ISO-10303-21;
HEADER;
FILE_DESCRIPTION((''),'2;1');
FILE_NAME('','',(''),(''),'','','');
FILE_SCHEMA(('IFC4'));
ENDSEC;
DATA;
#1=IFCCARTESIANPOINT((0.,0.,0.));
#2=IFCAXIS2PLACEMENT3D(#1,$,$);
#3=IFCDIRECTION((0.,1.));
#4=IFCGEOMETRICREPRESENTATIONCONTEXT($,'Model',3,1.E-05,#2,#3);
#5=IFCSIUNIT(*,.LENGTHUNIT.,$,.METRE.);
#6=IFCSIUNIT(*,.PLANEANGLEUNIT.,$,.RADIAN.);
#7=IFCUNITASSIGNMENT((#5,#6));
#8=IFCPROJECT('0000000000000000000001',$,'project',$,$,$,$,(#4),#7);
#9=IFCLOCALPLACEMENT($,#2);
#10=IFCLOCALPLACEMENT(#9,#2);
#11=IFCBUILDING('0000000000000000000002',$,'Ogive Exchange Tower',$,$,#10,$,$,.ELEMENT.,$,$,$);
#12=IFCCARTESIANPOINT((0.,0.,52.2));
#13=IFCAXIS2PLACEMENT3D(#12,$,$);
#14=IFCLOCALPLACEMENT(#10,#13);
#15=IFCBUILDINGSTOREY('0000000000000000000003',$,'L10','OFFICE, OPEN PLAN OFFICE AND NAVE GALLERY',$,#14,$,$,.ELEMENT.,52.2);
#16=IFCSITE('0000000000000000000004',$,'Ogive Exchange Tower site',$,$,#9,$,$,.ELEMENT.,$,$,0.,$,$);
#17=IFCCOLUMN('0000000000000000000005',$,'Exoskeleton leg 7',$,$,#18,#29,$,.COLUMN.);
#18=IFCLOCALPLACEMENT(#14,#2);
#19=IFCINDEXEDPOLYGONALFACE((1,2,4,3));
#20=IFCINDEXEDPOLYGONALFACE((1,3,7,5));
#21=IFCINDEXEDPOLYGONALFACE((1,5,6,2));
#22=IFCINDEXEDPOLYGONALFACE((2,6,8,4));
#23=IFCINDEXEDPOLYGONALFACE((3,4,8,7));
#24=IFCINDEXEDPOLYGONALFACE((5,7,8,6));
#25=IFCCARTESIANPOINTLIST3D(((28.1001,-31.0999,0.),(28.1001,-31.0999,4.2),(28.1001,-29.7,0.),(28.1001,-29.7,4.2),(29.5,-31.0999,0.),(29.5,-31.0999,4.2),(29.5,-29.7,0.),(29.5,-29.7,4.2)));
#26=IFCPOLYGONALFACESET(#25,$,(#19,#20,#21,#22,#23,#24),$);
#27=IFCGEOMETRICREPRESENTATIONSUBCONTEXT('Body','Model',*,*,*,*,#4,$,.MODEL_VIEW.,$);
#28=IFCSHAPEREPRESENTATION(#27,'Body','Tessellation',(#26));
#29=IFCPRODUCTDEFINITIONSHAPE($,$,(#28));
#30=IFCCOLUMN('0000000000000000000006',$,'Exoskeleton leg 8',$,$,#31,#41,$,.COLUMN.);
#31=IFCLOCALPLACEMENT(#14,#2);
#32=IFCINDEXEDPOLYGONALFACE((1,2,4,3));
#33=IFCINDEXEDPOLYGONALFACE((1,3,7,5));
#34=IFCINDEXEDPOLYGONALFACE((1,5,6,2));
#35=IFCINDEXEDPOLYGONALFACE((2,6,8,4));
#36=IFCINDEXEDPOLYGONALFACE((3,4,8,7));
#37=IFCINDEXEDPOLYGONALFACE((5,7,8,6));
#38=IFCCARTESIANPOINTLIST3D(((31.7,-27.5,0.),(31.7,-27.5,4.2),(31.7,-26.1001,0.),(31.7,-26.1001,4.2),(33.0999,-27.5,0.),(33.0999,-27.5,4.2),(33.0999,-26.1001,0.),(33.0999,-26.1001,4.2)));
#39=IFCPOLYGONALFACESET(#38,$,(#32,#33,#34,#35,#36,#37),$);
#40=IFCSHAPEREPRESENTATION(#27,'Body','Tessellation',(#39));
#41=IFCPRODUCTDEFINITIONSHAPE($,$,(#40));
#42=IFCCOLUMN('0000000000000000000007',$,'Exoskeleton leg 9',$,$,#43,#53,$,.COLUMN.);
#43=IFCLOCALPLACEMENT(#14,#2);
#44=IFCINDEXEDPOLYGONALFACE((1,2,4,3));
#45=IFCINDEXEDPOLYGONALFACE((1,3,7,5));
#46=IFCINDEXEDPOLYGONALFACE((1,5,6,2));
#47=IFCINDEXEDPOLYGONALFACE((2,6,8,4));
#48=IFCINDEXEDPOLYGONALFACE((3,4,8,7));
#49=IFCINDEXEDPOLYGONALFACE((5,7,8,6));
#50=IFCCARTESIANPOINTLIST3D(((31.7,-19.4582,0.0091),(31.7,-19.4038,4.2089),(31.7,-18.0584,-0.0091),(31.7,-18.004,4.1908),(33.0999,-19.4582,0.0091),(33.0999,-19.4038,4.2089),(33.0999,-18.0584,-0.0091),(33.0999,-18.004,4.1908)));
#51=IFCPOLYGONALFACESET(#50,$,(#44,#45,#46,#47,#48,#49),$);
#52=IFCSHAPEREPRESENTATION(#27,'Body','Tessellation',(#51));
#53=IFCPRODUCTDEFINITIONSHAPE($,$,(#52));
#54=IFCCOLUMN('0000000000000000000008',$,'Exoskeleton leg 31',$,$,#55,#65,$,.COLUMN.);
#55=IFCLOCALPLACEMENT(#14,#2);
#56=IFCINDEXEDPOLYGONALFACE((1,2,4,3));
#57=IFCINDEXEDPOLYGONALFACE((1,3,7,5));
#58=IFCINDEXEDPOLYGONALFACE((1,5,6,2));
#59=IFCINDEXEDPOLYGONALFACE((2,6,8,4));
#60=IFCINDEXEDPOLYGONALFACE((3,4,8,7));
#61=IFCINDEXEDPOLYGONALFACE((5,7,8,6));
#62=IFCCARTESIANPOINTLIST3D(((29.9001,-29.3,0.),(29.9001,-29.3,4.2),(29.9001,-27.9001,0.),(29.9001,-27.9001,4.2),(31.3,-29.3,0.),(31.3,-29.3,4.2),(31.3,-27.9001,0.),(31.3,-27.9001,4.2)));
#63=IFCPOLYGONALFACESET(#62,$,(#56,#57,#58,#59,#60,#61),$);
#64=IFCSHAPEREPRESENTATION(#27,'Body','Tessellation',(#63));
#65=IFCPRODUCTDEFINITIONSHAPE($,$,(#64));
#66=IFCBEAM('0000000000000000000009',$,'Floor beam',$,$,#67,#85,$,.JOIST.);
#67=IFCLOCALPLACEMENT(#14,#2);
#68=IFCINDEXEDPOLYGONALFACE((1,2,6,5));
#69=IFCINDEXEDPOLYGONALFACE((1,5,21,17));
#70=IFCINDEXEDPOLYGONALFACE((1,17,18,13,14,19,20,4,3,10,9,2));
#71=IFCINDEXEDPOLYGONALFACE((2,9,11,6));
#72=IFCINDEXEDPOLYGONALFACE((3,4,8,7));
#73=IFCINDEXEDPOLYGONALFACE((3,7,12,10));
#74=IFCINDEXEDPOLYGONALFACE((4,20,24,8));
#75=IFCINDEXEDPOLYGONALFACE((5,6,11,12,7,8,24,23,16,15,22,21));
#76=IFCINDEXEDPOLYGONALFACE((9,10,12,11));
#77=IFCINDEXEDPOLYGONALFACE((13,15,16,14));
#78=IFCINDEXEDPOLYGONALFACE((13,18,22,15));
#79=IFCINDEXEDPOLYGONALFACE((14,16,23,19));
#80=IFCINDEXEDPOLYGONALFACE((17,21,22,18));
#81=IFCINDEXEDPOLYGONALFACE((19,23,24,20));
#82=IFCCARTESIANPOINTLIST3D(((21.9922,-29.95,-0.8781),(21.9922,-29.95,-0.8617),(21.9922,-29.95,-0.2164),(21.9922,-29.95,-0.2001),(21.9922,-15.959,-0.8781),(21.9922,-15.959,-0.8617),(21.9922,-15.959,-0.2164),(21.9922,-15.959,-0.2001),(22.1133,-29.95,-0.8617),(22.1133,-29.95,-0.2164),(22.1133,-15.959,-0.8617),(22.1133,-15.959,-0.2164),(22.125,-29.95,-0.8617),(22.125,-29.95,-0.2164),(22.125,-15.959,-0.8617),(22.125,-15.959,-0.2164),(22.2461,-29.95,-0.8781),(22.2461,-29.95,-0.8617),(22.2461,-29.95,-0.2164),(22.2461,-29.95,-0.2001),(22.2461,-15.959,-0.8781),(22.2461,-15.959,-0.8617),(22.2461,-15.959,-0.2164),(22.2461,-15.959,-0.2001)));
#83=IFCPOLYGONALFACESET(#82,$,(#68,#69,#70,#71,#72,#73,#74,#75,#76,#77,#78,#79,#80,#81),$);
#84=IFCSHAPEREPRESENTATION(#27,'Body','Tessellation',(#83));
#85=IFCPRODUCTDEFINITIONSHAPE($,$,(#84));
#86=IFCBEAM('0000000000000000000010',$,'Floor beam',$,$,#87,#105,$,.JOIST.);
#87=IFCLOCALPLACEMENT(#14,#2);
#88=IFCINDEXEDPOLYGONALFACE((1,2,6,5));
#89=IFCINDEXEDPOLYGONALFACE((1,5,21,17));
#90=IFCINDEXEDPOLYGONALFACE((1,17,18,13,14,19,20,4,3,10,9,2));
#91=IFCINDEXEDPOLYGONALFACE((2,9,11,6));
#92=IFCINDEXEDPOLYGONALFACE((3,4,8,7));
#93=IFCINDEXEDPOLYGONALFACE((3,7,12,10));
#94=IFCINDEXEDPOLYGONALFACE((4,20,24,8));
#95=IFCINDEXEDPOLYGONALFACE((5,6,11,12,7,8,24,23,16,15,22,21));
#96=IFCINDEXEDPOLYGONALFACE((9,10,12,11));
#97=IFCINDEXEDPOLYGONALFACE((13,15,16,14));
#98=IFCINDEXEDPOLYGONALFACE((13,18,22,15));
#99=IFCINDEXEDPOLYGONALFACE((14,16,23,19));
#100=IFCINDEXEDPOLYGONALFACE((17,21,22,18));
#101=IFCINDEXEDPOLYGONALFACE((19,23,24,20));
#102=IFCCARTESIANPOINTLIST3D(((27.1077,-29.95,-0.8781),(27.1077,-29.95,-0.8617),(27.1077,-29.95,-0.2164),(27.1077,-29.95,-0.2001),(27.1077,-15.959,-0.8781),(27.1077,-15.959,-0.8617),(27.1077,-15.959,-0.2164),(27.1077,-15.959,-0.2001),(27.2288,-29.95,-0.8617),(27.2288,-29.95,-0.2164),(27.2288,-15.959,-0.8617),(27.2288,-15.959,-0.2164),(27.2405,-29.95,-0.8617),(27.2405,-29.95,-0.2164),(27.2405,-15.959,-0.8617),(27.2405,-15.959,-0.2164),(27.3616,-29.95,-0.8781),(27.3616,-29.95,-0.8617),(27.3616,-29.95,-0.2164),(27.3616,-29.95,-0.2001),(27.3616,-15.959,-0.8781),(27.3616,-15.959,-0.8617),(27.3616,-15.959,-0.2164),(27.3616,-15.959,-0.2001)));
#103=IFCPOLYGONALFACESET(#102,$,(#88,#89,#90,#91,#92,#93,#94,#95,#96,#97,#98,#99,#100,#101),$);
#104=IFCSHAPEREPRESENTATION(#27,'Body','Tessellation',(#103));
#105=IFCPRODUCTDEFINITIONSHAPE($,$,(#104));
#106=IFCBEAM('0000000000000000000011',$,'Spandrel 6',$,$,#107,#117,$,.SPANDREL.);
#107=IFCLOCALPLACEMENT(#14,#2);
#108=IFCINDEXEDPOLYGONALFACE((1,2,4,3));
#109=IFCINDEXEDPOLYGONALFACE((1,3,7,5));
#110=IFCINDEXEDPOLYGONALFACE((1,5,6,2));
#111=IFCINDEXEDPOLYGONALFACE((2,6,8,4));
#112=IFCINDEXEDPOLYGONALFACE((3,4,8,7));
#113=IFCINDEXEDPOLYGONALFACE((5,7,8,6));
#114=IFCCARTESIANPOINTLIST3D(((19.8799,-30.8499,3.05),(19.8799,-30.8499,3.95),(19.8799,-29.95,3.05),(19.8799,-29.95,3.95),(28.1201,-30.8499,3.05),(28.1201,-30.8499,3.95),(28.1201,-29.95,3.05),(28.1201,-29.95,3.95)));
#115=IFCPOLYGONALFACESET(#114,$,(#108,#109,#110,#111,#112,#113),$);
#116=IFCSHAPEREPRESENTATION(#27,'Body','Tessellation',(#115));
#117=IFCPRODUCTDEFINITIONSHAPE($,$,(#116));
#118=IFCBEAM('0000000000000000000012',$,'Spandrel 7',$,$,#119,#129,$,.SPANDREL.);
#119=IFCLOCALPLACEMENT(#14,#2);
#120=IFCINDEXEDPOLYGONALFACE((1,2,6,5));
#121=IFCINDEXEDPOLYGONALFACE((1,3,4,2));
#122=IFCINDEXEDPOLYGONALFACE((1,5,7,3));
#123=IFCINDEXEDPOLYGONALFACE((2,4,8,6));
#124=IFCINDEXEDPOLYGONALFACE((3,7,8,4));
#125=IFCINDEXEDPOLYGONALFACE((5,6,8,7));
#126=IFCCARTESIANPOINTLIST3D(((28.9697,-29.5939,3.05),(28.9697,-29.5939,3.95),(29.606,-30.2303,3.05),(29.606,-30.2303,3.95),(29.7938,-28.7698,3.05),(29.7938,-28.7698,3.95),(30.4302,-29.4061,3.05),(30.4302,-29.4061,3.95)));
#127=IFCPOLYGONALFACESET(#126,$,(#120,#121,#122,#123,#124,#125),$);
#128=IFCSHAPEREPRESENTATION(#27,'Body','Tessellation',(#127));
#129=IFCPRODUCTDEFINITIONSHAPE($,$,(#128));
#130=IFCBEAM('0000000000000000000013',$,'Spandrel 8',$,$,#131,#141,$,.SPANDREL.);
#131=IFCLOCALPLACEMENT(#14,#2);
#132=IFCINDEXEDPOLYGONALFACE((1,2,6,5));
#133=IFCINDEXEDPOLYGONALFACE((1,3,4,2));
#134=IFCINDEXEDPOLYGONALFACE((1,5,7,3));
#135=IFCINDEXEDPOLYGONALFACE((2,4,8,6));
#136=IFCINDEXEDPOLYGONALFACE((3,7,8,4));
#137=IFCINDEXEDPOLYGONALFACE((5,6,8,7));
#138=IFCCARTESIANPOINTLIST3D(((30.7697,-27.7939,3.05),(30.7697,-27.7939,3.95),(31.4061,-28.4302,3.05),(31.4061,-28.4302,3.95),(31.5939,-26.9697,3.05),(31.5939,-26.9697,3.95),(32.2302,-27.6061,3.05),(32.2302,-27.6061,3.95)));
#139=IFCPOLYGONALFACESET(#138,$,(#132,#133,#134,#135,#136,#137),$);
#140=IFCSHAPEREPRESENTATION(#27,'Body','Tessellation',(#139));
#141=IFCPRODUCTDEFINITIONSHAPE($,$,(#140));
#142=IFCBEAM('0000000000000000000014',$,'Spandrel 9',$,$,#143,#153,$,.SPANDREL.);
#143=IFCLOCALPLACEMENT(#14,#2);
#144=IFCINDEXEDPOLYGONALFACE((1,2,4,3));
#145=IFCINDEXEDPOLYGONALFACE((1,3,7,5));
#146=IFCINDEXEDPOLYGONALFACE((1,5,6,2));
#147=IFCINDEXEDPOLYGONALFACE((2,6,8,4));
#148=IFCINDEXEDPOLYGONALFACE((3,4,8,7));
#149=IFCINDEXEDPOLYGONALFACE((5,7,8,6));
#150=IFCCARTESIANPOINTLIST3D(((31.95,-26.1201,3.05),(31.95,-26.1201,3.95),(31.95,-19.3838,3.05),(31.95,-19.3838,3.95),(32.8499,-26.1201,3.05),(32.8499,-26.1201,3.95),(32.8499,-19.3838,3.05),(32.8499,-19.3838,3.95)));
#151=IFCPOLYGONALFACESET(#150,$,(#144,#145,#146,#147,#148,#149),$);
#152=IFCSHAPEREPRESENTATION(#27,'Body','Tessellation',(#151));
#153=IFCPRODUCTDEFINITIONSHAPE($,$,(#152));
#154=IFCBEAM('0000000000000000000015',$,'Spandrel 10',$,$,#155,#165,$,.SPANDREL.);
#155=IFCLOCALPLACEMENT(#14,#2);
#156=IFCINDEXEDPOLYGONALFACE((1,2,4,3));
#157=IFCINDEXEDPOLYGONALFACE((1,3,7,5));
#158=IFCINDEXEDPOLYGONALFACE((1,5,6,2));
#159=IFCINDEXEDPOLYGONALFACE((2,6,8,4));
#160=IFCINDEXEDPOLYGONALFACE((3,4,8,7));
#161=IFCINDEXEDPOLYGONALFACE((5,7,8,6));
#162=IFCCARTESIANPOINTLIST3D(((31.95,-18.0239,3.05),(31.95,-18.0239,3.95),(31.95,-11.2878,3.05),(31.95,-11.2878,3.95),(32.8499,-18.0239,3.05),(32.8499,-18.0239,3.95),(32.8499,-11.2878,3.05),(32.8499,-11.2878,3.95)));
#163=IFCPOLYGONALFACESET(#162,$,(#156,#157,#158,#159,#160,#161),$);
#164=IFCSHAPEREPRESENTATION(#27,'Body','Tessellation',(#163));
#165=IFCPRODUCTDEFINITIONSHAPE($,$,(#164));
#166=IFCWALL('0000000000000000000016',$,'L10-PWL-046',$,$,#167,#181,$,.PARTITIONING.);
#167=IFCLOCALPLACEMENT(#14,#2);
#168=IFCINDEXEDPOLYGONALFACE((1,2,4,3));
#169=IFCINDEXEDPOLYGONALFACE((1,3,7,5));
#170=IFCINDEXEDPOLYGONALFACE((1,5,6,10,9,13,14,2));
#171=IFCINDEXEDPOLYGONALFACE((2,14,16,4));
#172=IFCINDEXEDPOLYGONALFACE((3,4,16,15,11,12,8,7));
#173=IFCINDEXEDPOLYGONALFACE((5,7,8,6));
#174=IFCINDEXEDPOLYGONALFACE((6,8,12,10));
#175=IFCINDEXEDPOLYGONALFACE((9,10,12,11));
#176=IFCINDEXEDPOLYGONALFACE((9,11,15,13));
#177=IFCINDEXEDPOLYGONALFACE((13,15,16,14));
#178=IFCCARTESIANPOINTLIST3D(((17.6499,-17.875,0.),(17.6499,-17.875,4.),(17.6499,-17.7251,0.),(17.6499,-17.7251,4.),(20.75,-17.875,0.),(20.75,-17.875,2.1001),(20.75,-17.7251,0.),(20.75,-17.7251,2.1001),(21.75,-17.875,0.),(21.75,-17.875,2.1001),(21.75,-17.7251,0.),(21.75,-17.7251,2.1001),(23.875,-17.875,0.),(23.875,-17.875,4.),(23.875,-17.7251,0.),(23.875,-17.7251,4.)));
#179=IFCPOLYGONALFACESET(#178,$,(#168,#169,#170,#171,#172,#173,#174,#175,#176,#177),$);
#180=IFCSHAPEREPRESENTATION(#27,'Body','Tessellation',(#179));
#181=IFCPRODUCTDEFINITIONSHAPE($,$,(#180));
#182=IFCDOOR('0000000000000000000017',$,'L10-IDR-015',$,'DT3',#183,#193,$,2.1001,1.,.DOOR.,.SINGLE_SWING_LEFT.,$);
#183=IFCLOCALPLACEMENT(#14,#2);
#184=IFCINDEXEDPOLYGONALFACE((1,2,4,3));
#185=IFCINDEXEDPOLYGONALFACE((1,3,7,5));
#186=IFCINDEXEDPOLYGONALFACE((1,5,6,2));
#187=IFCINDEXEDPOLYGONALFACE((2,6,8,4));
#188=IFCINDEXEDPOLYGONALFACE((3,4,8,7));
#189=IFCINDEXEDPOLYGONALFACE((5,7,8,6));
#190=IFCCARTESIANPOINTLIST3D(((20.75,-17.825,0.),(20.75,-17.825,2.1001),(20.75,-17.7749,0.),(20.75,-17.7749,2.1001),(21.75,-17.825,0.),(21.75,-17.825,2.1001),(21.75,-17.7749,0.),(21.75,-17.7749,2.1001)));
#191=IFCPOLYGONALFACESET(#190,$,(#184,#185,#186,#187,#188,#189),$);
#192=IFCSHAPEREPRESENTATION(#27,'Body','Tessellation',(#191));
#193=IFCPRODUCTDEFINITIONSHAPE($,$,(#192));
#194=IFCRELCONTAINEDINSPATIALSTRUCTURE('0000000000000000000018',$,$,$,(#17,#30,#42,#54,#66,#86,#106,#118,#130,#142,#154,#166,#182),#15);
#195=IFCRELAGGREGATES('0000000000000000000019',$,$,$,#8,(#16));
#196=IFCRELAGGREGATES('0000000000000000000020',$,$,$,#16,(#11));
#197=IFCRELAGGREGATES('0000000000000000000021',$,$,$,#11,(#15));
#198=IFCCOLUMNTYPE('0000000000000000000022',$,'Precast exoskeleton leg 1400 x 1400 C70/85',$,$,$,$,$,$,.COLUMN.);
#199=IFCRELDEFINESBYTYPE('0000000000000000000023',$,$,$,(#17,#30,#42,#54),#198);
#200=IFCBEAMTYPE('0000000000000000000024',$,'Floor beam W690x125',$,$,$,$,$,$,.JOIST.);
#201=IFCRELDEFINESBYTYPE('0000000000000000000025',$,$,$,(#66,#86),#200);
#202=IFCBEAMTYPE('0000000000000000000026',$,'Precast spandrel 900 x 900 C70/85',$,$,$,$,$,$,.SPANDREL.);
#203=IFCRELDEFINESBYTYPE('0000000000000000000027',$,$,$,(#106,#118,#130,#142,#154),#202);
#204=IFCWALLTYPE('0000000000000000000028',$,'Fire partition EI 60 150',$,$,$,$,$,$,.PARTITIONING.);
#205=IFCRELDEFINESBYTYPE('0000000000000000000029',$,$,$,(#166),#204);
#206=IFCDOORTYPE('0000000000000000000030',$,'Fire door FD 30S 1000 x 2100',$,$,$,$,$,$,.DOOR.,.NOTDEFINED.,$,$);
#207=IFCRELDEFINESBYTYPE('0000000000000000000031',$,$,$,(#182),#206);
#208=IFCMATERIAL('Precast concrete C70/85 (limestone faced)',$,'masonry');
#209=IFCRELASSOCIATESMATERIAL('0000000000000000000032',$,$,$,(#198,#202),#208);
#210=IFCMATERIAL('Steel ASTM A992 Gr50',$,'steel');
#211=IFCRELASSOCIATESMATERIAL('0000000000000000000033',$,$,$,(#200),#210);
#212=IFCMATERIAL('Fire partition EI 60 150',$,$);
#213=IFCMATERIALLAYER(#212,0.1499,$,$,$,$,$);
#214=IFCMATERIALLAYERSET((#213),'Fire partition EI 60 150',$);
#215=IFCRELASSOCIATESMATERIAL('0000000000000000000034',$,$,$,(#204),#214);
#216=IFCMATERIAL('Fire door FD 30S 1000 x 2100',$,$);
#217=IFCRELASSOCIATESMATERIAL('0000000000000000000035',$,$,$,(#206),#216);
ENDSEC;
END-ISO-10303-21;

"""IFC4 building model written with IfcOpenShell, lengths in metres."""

from ifc_helpers import new_model, si_unit, direction, frame, frame_2d, origin, origin_2d, place, context, subcontext, project, spatial, rectangle, i_section, extrude, material, layer, layer_set, material_profile, profile_set, type_object, element, fill, save


model = new_model("IFC4")

# Units and contexts
model_context = context("Model", 3, precision=1e-05, world=origin(), true_north=direction((0.0, 1.0)))
body_context = subcontext(model_context, "Body", "Model", "MODEL_VIEW")
ifc_project = project(units=[si_unit("LENGTHUNIT", "METRE"), si_unit("PLANEANGLEUNIT", "RADIAN")], contexts=[model_context])

# Site, building, storey
site_placement = place(None, origin())
site = spatial("IfcSite", under=ifc_project, at=site_placement, Name="Ogive Exchange Tower site", CompositionType="ELEMENT", RefElevation=0.0)
building_placement = place(site_placement, origin())
building = spatial("IfcBuilding", under=site, at=building_placement, Name="Ogive Exchange Tower", CompositionType="ELEMENT")
storey_placement = place(building_placement, frame((0.0, 0.0, 52.2)))
storey = spatial("IfcBuildingStorey", under=building, at=storey_placement, Name="L10", Description="OFFICE, OPEN PLAN OFFICE AND NAVE GALLERY", CompositionType="ELEMENT", Elevation=52.2)

# Columns
ifc_material_1 = material(Name="Precast concrete C70/85 (limestone faced)", Category="masonry")
ifc_material_profile_1 = material_profile(ifc_material_1, rectangle(XDim=1.3999, YDim=1.3999, at=origin_2d()), Name="1400 x 1400")
ifc_profile_set_1 = profile_set([ifc_material_profile_1], Name="Precast concrete C70/85 (limestone faced)")
column_type = type_object("IfcColumnType", Name="Precast exoskeleton leg 1400 x 1400 C70/85", PredefinedType="COLUMN", material=ifc_profile_set_1)
for number, where, z_axis, x_axis, name in (
    (1, (28.8, -30.3999, 0.0), (0.0, 0.0, 1.0), (1.0, 0.0, 0.0), "Exoskeleton leg 7"),
    (2, (32.3999, -26.8, 0.0), (0.0, 0.0, 1.0), (1.0, 0.0, 0.0), "Exoskeleton leg 8"),
):
    element("IfcColumn", number, at=place(storey_placement, frame(where, z_axis=z_axis, x_axis=x_axis)), inside=storey, type_object=column_type, Name=name, PredefinedType="COLUMN", context=body_context, shape_type="SweptSolid", body=[
        extrude(rectangle(XDim=1.3999, YDim=1.3999, at=origin_2d()), origin(), (0.0, 0.0, 1.0), 4.2),
    ])
column_1_placement = place(storey_placement, frame((32.3999, -18.7583, 0.0), z_axis=(0.0, 0.012962, 0.999916), x_axis=(-1.0, 0.0, 0.0)))
element("IfcColumn", 3, at=column_1_placement, inside=storey, type_object=column_type, Name="Exoskeleton leg 9", PredefinedType="COLUMN", context=body_context, shape_type="SweptSolid", body=[
    extrude(rectangle(XDim=1.3999, YDim=1.3999, at=origin_2d()), origin(), (0.0, 0.0, 1.0), 4.2002),
])
column_2_placement = place(storey_placement, frame((30.6001, -28.6001, 0.0), z_axis=(0.0, 0.0, 1.0), x_axis=(1.0, 0.0, 0.0)))
element("IfcColumn", 4, at=column_2_placement, inside=storey, type_object=column_type, Name="Exoskeleton leg 31", PredefinedType="COLUMN", context=body_context, shape_type="SweptSolid", body=[
    extrude(rectangle(XDim=1.3999, YDim=1.3999, at=origin_2d()), origin(), (0.0, 0.0, 1.0), 4.2),
])

# Beams
ifc_material_2 = material(Name="Steel ASTM A992 Gr50", Category="steel")
ifc_material_profile_2 = material_profile(ifc_material_2, i_section(OverallWidth=0.2539, OverallDepth=0.678, WebThickness=0.0117, FlangeThickness=0.0164, at=origin_2d()), Name="W690x125")
ifc_profile_set_2 = profile_set([ifc_material_profile_2], Name="Steel ASTM A992 Gr50")
beam_type_1 = type_object("IfcBeamType", Name="Floor beam W690x125", PredefinedType="JOIST", material=ifc_profile_set_2)
for number, where, z_axis, x_axis, name in (
    (5, (22.1191, -29.95, -0.5391), (0.0, 1.0, 0.0), (-1.0, 0.0, 0.0), "Floor beam"),
    (6, (27.2346, -29.95, -0.5391), (0.0, 1.0, 0.0), (-1.0, 0.0, 0.0), "Floor beam"),
):
    element("IfcBeam", number, at=place(storey_placement, frame(where, z_axis=z_axis, x_axis=x_axis)), inside=storey, type_object=beam_type_1, Name=name, PredefinedType="JOIST", context=body_context, shape_type="SweptSolid", body=[
        extrude(i_section(OverallWidth=0.2539, OverallDepth=0.678, WebThickness=0.0117, FlangeThickness=0.0164, at=origin_2d()), origin(), (0.0, 0.0, 1.0), 13.991),
    ])
ifc_material_profile_3 = material_profile(ifc_material_1, rectangle(XDim=0.8999, YDim=0.8999, at=origin_2d()), Name="900 x 900")
ifc_profile_set_3 = profile_set([ifc_material_profile_3], Name="Precast concrete C70/85 (limestone faced)")
beam_type_2 = type_object("IfcBeamType", Name="Precast spandrel 900 x 900 C70/85", PredefinedType="SPANDREL", material=ifc_profile_set_3)
beam_1_placement = place(storey_placement, frame((19.8799, -30.3999, 3.5), z_axis=(1.0, 0.0, 0.0), x_axis=(0.0, 1.0, 0.0)))
element("IfcBeam", 7, at=beam_1_placement, inside=storey, type_object=beam_type_2, Name="Spandrel 6", PredefinedType="SPANDREL", context=body_context, shape_type="SweptSolid", body=[
    extrude(rectangle(XDim=0.8999, YDim=0.8999, at=origin_2d()), origin(), (0.0, 0.0, 1.0), 8.2402),
])
for number, where, z_axis, x_axis, name in (
    (8, (29.2878, -29.9121, 3.5), (0.707107, 0.707107, 0.0), (-0.707107, 0.707107, 0.0), "Spandrel 7"),
    (9, (31.0879, -28.1121, 3.5), (0.707107, 0.707107, 0.0), (-0.707107, 0.707107, 0.0), "Spandrel 8"),
):
    element("IfcBeam", number, at=place(storey_placement, frame(where, z_axis=z_axis, x_axis=x_axis)), inside=storey, type_object=beam_type_2, Name=name, PredefinedType="SPANDREL", context=body_context, shape_type="SweptSolid", body=[
        extrude(rectangle(XDim=0.8999, YDim=0.8999, at=origin_2d()), origin(), (0.0, 0.0, 1.0), 1.1655),
    ])
beam_2_placement = place(storey_placement, frame((32.3999, -26.1201, 3.5), z_axis=(0.0, 1.0, 0.0), x_axis=(-1.0, 0.0, 0.0)))
element("IfcBeam", 10, at=beam_2_placement, inside=storey, type_object=beam_type_2, Name="Spandrel 9", PredefinedType="SPANDREL", context=body_context, shape_type="SweptSolid", body=[
    extrude(rectangle(XDim=0.8999, YDim=0.8999, at=origin_2d()), origin(), (0.0, 0.0, 1.0), 6.7363),
])
beam_3_placement = place(storey_placement, frame((32.3999, -18.0239, 3.5), z_axis=(0.0, 1.0, 0.0), x_axis=(-1.0, 0.0, 0.0)))
element("IfcBeam", 11, at=beam_3_placement, inside=storey, type_object=beam_type_2, Name="Spandrel 10", PredefinedType="SPANDREL", context=body_context, shape_type="SweptSolid", body=[
    extrude(rectangle(XDim=0.8999, YDim=0.8999, at=origin_2d()), origin(), (0.0, 0.0, 1.0), 6.7361),
])

# Wall, opening, door
ifc_material_3 = material(Name="Fire partition EI 60 150")
ifc_layer_1 = layer(ifc_material_3, 0.1499)
ifc_layer_set_1 = layer_set([ifc_layer_1], Name="Fire partition EI 60 150")
wall_type_1 = type_object("IfcWallType", Name="Fire partition EI 60 150", PredefinedType="PARTITIONING", material=ifc_layer_set_1)
wall_1_placement = place(storey_placement, frame((23.875, -17.8, 0.0), z_axis=(0.0, 0.0, 1.0), x_axis=(-1.0, 0.0, 0.0)))
wall_1 = element("IfcWall", 12, at=wall_1_placement, inside=storey, type_object=wall_type_1, Name="L10-PWL-046", PredefinedType="PARTITIONING", context=body_context, shape_type="SweptSolid", body=[
    extrude(rectangle(XDim=6.2251, YDim=0.1499, at=frame_2d((3.1125, 0.0))), origin(), (0.0, 0.0, 1.0), 4.0),
])
opening_1_placement = place(wall_1_placement, frame((2.125, 0.0, 0.0)))
opening_1 = element("IfcOpeningElement", 13, at=opening_1_placement, cuts=wall_1, PredefinedType="OPENING", context=body_context, shape_type="SweptSolid", body=[
    extrude(rectangle(XDim=1.0, YDim=2.1001, at=frame_2d((0.5, 1.05))), frame((0.0, 0.085, 0.0), z_axis=(0.0, -1.0, 0.0), x_axis=(1.0, 0.0, 0.0)), (0.0, 0.0, 1.0), 0.1699),
])
ifc_material_4 = material(Name="Fire door FD 30S 1000 x 2100")
door_type_1 = type_object("IfcDoorType", Name="Fire door FD 30S 1000 x 2100", OperationType="NOTDEFINED", PredefinedType="DOOR", material=ifc_material_4)
door_1_placement = place(opening_1_placement, origin())
door_1 = element("IfcDoor", 14, at=door_1_placement, inside=storey, type_object=door_type_1, Name="L10-IDR-015", ObjectType="DT3", OperationType="SINGLE_SWING_LEFT", OverallHeight=2.1001, OverallWidth=1.0, PredefinedType="DOOR", context=body_context, shape_type="SweptSolid", body=[
    extrude(rectangle(XDim=1.0, YDim=2.1001, at=frame_2d((0.5, 1.05))), frame((0.0, 0.0249, 0.0), z_axis=(0.0, -1.0, 0.0), x_axis=(1.0, 0.0, 0.0)), (0.0, 0.0, 1.0), 0.05),
])
fill(opening_1, door_1)

save(model, "model.ifc")
